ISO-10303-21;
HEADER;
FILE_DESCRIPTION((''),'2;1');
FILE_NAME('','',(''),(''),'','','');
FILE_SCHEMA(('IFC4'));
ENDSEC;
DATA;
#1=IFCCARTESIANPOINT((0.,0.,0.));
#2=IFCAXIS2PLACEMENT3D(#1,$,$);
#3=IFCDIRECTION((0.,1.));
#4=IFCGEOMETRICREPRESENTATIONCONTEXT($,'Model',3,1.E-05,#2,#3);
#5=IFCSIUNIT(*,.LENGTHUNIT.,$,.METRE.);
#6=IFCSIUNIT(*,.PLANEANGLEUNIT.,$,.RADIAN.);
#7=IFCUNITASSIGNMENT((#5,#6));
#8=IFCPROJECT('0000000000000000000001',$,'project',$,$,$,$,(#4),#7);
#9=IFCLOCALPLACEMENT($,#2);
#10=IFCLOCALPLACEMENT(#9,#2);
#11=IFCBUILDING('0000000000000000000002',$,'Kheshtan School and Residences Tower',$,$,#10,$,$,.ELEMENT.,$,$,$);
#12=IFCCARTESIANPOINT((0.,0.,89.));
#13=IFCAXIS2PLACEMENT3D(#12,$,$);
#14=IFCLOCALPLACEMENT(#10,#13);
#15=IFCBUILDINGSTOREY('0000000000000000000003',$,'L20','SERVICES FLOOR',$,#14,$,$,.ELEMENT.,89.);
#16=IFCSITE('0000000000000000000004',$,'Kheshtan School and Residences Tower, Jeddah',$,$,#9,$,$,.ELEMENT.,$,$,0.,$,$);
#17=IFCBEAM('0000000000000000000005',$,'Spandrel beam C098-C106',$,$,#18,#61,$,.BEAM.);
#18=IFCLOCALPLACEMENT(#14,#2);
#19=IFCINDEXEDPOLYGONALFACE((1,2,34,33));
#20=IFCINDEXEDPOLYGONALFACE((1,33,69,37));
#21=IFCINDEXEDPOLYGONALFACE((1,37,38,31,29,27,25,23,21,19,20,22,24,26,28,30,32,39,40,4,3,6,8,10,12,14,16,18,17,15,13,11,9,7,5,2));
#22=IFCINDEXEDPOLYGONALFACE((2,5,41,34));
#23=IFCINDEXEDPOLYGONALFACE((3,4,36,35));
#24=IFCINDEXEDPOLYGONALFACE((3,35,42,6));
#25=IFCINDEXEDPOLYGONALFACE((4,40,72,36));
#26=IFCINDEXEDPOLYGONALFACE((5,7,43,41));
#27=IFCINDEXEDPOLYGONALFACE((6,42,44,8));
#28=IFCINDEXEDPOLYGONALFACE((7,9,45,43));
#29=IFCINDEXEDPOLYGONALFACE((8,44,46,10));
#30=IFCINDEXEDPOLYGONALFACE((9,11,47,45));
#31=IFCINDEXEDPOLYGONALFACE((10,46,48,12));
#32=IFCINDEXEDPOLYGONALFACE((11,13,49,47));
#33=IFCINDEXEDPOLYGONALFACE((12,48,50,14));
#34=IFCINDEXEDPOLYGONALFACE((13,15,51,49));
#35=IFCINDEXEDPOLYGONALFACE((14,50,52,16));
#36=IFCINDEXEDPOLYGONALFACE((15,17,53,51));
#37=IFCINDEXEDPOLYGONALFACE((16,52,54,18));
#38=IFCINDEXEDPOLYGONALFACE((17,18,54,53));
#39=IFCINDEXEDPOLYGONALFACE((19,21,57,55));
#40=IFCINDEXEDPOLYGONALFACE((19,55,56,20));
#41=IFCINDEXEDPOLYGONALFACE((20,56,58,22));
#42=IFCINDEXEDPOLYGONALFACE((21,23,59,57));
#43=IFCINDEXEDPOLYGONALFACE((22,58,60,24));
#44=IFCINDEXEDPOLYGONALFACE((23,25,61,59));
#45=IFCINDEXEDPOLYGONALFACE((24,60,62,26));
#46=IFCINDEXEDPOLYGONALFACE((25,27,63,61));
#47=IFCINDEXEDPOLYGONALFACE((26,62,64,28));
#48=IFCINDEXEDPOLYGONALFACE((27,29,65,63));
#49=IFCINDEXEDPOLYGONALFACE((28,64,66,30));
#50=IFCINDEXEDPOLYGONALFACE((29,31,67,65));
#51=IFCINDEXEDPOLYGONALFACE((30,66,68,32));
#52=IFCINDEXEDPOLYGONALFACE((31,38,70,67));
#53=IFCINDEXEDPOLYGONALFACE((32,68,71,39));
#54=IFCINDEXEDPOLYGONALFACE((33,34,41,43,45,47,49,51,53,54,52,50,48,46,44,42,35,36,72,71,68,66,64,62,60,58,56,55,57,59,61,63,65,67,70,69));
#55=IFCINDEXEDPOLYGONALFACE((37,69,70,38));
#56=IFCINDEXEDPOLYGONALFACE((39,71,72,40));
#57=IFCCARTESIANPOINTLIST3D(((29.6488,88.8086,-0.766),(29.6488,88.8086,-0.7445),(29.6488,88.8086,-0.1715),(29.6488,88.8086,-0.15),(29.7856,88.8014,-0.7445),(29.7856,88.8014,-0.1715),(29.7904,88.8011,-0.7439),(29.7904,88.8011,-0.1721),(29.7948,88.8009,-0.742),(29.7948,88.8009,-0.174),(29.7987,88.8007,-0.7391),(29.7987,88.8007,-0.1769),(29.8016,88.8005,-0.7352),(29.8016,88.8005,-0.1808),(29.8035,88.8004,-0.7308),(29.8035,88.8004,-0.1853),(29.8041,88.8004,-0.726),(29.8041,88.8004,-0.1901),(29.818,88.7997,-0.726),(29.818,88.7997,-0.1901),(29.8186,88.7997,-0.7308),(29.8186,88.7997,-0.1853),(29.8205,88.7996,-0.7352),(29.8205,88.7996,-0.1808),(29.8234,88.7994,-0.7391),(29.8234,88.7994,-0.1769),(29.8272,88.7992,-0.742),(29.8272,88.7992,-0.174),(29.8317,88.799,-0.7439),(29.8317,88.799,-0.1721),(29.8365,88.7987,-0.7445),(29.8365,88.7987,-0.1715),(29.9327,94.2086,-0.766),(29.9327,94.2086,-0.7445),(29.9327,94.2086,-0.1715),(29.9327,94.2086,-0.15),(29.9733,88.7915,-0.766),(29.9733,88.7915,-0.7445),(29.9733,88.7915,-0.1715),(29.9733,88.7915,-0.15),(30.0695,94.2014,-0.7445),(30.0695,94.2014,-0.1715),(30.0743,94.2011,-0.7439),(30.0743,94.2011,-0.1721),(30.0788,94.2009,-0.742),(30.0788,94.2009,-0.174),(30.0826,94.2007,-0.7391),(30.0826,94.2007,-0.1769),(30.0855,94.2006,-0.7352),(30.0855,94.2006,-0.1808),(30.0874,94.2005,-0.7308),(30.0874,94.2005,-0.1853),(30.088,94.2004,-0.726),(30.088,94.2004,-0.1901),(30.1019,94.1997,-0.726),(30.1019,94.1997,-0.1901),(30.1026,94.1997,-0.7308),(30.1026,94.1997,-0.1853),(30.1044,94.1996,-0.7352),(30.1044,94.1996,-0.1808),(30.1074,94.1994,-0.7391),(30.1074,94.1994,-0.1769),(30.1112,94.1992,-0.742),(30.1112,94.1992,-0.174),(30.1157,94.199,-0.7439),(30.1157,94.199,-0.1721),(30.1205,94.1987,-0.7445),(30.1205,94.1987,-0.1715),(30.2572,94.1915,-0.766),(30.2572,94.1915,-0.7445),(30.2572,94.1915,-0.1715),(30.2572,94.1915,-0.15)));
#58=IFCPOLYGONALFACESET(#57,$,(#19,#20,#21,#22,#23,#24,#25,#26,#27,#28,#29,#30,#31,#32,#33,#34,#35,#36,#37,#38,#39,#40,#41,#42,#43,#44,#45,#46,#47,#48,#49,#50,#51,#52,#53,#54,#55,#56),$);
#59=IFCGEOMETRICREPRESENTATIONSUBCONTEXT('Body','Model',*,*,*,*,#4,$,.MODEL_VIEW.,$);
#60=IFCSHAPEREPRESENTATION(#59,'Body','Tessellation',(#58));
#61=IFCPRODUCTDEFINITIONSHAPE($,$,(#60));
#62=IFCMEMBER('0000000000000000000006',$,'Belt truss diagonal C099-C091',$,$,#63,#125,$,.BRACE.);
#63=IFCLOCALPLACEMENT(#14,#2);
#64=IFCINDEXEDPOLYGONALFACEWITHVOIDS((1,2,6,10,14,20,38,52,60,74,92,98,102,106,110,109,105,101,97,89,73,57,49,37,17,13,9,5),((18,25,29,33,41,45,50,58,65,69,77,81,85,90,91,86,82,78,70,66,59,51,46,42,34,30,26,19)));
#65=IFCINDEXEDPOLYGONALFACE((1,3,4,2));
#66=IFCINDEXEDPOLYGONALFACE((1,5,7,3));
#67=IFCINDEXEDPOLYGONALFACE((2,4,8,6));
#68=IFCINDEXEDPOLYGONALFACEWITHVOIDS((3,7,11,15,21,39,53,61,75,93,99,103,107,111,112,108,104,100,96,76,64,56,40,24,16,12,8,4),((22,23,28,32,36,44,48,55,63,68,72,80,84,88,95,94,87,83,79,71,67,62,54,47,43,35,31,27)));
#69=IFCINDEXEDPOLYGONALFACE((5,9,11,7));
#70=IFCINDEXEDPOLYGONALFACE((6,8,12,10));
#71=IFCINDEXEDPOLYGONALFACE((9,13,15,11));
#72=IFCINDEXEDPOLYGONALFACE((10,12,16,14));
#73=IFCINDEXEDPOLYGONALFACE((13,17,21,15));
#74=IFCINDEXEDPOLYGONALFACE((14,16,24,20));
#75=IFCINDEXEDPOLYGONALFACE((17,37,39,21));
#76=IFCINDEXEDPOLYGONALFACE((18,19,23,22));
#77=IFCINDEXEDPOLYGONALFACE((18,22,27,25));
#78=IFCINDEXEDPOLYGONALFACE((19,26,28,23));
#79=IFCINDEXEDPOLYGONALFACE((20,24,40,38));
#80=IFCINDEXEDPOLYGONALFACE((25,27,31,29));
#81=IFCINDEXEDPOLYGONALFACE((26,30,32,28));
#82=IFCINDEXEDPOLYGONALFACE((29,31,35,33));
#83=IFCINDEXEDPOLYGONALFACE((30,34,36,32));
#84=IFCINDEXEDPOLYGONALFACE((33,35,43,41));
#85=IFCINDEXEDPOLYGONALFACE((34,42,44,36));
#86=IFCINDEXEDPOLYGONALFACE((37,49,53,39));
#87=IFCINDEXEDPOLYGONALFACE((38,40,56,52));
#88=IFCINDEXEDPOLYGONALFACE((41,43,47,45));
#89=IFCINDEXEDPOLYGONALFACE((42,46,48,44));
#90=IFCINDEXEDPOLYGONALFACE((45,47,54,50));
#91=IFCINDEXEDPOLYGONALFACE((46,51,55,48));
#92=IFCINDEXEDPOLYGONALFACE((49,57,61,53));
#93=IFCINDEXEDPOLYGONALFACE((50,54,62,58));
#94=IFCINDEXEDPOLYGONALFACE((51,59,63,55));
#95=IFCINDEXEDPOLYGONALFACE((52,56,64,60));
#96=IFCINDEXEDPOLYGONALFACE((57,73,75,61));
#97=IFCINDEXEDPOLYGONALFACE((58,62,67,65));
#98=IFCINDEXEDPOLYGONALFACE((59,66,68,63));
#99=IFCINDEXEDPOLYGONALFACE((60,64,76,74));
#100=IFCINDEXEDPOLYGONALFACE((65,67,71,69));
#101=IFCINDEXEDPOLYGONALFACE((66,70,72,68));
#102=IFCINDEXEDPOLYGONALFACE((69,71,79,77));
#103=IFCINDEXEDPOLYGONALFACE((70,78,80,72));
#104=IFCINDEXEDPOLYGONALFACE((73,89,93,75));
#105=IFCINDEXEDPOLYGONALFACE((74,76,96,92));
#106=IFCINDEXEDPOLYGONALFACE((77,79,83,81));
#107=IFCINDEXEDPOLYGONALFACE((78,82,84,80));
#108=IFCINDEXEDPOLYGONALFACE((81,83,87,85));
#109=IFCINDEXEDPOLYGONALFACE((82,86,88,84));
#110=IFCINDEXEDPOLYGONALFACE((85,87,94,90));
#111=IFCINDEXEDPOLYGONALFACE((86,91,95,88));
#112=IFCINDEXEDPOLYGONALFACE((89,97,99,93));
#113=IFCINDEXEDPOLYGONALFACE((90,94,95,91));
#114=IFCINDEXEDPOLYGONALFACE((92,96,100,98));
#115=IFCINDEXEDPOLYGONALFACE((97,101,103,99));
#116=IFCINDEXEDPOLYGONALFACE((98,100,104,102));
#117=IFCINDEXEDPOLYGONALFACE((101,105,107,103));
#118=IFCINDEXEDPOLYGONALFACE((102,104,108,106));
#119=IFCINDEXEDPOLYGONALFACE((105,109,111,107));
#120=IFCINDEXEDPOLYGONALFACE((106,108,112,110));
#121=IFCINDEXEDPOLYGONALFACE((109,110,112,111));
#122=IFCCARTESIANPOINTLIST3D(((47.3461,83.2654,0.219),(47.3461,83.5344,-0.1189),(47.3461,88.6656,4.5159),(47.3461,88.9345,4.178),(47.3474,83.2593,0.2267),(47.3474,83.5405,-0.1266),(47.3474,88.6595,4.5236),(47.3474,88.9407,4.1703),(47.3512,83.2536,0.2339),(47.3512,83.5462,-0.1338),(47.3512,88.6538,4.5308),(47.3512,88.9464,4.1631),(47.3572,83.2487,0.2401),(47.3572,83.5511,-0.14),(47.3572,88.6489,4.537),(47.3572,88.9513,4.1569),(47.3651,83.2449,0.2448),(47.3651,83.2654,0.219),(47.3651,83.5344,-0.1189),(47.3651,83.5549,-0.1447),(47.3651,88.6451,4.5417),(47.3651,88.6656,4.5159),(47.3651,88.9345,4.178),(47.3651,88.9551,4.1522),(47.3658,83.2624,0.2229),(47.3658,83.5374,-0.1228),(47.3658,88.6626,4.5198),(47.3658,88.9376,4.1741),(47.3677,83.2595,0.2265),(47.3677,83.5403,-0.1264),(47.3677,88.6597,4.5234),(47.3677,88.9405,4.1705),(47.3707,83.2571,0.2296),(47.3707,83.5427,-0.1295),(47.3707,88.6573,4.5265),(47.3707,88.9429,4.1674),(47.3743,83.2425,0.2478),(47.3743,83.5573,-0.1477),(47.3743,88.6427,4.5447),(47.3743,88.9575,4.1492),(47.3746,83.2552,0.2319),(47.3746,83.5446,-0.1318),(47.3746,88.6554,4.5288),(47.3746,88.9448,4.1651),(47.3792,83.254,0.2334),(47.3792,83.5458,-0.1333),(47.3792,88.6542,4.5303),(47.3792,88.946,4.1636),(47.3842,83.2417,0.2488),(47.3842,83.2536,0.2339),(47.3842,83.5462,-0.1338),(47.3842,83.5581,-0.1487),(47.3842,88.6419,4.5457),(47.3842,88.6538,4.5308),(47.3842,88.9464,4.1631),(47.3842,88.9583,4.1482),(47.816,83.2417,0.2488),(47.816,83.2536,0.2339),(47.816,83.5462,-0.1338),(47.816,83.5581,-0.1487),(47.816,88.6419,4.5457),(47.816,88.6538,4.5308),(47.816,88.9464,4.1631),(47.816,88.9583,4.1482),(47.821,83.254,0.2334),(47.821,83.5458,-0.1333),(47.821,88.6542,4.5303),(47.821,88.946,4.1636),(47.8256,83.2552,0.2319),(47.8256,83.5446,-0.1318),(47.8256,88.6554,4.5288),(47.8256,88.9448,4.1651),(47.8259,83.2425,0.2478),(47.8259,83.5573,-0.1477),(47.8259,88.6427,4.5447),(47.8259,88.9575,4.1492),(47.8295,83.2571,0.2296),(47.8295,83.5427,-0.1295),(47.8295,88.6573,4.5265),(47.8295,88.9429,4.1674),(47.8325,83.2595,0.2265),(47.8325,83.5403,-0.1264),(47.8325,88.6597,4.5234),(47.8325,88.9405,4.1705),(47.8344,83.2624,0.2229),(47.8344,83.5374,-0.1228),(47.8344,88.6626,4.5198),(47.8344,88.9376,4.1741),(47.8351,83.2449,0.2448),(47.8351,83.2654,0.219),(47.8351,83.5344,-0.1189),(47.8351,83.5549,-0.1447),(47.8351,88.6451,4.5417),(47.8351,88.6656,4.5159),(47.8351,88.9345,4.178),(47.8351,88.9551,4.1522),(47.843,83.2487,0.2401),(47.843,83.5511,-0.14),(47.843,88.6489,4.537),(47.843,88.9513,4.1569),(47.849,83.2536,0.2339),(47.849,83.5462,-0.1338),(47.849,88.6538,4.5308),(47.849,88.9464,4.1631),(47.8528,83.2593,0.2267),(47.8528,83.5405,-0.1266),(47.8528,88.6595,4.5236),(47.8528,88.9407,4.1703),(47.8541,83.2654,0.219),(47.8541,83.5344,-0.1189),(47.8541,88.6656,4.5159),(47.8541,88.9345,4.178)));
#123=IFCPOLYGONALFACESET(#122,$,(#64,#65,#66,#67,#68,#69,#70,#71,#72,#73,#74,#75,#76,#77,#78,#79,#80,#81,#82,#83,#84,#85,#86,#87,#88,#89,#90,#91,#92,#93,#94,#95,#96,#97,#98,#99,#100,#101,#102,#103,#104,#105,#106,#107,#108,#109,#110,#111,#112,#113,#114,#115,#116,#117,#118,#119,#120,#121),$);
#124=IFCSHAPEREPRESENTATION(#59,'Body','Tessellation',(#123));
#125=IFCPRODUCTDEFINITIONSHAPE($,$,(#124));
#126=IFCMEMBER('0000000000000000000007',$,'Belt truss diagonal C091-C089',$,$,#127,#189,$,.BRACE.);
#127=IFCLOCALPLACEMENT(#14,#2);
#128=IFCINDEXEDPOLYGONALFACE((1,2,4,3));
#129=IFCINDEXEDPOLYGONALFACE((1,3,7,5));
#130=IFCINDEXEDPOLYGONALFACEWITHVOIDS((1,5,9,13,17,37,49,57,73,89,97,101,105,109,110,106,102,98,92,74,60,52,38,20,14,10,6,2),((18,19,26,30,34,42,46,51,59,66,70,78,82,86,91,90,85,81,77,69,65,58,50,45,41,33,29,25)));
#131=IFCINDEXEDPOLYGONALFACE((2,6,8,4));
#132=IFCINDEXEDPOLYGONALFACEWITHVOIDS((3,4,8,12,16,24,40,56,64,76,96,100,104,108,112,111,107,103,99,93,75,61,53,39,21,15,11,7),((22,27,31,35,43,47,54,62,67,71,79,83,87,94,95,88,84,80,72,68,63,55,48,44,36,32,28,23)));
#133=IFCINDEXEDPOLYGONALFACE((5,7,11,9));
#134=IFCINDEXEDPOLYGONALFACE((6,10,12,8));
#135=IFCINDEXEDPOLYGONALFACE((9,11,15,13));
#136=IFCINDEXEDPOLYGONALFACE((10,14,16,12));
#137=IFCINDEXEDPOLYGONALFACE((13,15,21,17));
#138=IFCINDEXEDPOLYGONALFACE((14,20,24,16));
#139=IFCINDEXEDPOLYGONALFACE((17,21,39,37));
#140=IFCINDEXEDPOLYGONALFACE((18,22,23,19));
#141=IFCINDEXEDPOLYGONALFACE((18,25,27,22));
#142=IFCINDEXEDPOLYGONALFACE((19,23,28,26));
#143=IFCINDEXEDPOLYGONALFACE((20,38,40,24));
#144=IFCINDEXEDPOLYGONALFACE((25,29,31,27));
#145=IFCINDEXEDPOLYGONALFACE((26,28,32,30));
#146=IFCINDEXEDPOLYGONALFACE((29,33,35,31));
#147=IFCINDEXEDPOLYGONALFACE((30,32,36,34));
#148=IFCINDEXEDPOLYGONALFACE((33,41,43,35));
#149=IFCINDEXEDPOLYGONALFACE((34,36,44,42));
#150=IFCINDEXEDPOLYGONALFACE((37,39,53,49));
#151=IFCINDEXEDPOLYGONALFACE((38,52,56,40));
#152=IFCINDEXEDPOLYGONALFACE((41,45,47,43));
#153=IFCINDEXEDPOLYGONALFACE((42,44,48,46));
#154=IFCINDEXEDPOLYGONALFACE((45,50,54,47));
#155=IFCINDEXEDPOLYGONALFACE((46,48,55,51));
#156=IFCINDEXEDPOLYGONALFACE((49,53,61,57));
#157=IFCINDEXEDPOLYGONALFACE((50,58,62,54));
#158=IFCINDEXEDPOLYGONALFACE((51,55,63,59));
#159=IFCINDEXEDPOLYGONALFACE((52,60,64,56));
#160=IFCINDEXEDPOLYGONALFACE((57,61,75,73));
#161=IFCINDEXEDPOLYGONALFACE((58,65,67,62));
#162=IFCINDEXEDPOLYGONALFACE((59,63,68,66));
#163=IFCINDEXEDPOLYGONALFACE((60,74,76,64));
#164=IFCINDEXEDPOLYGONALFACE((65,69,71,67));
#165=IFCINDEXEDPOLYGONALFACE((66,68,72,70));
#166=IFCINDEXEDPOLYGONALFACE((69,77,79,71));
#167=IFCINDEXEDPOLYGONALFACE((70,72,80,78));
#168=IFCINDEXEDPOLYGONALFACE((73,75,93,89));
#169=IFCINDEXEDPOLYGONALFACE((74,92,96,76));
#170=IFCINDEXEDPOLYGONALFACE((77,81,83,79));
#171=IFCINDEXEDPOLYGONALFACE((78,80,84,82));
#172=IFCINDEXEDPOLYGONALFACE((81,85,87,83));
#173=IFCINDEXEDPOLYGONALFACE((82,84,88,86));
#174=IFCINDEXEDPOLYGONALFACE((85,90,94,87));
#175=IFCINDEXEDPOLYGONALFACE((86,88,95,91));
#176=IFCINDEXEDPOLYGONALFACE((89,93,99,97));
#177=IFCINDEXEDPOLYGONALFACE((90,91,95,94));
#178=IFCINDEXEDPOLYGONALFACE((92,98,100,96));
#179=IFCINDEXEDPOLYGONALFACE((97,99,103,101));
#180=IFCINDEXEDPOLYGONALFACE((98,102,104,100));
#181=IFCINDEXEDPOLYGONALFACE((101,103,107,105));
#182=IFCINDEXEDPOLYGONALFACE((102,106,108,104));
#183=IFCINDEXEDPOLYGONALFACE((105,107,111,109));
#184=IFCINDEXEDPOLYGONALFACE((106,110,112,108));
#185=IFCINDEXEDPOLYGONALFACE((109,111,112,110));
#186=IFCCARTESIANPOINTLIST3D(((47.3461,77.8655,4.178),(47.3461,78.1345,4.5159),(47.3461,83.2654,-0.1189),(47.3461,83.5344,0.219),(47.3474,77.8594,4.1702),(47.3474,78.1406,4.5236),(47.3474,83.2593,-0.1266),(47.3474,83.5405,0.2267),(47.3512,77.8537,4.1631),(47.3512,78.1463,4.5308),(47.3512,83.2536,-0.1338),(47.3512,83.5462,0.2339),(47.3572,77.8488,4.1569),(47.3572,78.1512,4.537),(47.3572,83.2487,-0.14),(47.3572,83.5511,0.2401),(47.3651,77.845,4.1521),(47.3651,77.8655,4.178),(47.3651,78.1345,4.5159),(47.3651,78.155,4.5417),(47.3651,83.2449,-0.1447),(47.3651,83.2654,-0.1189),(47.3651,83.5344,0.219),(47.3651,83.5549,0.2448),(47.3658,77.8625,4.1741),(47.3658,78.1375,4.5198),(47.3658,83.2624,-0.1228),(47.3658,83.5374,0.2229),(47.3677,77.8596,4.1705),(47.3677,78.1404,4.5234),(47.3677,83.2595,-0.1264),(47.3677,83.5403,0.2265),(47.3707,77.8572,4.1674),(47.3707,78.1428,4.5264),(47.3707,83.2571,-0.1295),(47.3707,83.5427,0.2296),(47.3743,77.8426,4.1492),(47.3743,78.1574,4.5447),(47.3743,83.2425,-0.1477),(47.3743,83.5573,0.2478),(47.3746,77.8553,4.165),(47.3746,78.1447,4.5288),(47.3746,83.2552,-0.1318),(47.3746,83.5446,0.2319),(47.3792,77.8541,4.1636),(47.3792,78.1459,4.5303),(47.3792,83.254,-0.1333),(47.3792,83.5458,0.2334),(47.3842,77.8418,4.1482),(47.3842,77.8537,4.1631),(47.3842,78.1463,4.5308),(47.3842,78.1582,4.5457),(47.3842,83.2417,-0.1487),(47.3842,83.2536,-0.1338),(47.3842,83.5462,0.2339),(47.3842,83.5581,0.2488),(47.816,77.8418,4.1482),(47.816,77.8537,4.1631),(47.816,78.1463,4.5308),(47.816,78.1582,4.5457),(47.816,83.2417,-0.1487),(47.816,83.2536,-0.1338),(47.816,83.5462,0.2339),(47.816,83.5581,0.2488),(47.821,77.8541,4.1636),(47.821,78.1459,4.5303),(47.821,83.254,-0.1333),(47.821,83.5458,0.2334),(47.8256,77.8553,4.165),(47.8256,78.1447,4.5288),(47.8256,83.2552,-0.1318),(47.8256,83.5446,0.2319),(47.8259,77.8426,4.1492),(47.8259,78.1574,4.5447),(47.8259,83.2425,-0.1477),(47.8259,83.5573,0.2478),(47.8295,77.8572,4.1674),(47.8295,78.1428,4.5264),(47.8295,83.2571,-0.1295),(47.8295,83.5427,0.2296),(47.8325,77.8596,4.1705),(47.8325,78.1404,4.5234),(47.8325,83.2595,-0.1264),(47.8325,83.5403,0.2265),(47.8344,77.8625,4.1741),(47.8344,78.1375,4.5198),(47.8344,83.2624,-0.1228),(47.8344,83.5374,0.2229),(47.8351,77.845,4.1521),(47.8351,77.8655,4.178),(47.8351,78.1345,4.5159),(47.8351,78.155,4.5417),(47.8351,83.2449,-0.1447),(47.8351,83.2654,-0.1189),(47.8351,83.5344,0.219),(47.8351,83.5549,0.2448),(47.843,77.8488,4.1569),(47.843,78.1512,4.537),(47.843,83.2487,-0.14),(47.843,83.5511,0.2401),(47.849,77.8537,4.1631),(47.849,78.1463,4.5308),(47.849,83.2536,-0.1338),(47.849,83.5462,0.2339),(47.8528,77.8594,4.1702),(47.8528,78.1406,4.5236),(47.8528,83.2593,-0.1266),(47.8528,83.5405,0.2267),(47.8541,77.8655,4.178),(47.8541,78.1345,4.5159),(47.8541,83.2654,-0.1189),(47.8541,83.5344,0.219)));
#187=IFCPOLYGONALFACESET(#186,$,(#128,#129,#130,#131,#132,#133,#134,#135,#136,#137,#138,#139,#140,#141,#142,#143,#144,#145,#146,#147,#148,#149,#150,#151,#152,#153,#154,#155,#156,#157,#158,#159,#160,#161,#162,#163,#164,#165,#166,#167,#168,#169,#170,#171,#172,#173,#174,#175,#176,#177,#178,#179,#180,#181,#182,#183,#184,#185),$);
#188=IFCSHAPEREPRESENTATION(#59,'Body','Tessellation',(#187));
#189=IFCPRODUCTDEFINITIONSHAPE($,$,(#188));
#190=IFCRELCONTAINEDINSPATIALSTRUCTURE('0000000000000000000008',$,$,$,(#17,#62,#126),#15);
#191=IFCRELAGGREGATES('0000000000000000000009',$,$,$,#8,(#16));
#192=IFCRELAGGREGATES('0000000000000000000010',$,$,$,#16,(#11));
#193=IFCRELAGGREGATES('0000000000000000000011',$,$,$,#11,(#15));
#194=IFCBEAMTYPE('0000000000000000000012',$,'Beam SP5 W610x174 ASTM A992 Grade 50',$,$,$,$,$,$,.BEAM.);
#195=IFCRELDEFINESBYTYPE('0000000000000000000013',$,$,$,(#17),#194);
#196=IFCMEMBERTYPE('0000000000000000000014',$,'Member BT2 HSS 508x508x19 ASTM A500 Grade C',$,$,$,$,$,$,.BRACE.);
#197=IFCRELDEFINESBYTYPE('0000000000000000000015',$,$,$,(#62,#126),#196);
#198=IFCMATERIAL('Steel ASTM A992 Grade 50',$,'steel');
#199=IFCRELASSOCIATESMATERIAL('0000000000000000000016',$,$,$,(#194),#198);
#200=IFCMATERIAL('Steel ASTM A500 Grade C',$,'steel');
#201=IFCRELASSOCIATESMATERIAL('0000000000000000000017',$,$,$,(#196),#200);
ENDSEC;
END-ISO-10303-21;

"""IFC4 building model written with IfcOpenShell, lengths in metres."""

from ifc_helpers import new_model, si_unit, direction, frame, origin, origin_2d, place, context, subcontext, project, spatial, hollow_rectangle, i_section, extrude, material, material_profile, profile_set, type_object, element, save


model = new_model("IFC4")

# Units and contexts
model_context = context("Model", 3, precision=1e-05, world=origin(), true_north=direction((0.0, 1.0)))
body_context = subcontext(model_context, "Body", "Model", "MODEL_VIEW")
ifc_project = project(units=[si_unit("LENGTHUNIT", "METRE"), si_unit("PLANEANGLEUNIT", "RADIAN")], contexts=[model_context])

# Site, building, storey
site_placement = place(None, origin())
site = spatial("IfcSite", under=ifc_project, at=site_placement, Name="Kheshtan School and Residences Tower, Jeddah", CompositionType="ELEMENT", RefElevation=0.0)
building_placement = place(site_placement, origin())
building = spatial("IfcBuilding", under=site, at=building_placement, Name="Kheshtan School and Residences Tower", CompositionType="ELEMENT")
storey_placement = place(building_placement, frame((0.0, 0.0, 89.0)))
storey = spatial("IfcBuildingStorey", under=building, at=storey_placement, Name="L20", Description="SERVICES FLOOR", CompositionType="ELEMENT", Elevation=89.0)

# Shared definitions
ifc_material_1 = material(Name="Steel ASTM A992 Grade 50", Category="steel")

# Beam
ifc_material_profile_1 = material_profile(ifc_material_1, i_section(OverallWidth=0.325, OverallDepth=0.616, WebThickness=0.0139, FlangeThickness=0.0215, FilletRadius=0.0186, at=origin_2d()), Name="W610x174")
ifc_profile_set_1 = profile_set([ifc_material_profile_1], Name="Steel ASTM A992 Grade 50")
beam_type_1 = type_object("IfcBeamType", Name="Beam SP5 W610x174 ASTM A992 Grade 50", PredefinedType="BEAM", material=ifc_profile_set_1)
beam_1_placement = place(storey_placement, frame((29.811, 88.8, -0.458), z_axis=(0.052509, 0.99862, 0.0), x_axis=(-0.99862, 0.052509, 0.0)))
element("IfcBeam", 1, at=beam_1_placement, inside=storey, type_object=beam_type_1, Name="Spandrel beam C098-C106", PredefinedType="BEAM", context=body_context, shape_type="SweptSolid", body=[
    extrude(i_section(OverallWidth=0.325, OverallDepth=0.616, WebThickness=0.0139, FlangeThickness=0.0215, FilletRadius=0.0186, at=origin_2d()), origin(), (0.0, 0.0, 1.0), 5.4075),
])

# Members
ifc_material_2 = material(Name="Steel ASTM A500 Grade C", Category="steel")
ifc_material_profile_2 = material_profile(ifc_material_2, hollow_rectangle(XDim=0.5081, YDim=0.5081, WallThickness=0.019, InnerFilletRadius=0.019, OuterFilletRadius=0.0381, at=origin_2d()), Name="HSS 508x508x19")
ifc_profile_set_2 = profile_set([ifc_material_profile_2], Name="Steel ASTM A500 Grade C")
member_type = type_object("IfcMemberType", Name="Member BT2 HSS 508x508x19 ASTM A500 Grade C", PredefinedType="BRACE", material=ifc_profile_set_2)
member_1_placement = place(storey_placement, frame((47.6001, 83.3999, 0.05), z_axis=(0.0, 0.782509, 0.622639), x_axis=(-1.0, 0.0, 0.0)))
element("IfcMember", 2, at=member_1_placement, inside=storey, type_object=member_type, Name="Belt truss diagonal C099-C091", PredefinedType="BRACE", context=body_context, shape_type="SweptSolid", body=[
    extrude(hollow_rectangle(XDim=0.5081, YDim=0.5081, WallThickness=0.019, InnerFilletRadius=0.019, OuterFilletRadius=0.0381, at=origin_2d()), origin(), (0.0, 0.0, 1.0), 6.9011),
])
member_2_placement = place(storey_placement, frame((47.6001, 83.3999, 0.05), z_axis=(0.0, -0.782495, 0.622657), x_axis=(1.0, 0.0, 0.0)))
element("IfcMember", 3, at=member_2_placement, inside=storey, type_object=member_type, Name="Belt truss diagonal C091-C089", PredefinedType="BRACE", context=body_context, shape_type="SweptSolid", body=[
    extrude(hollow_rectangle(XDim=0.5081, YDim=0.5081, WallThickness=0.019, InnerFilletRadius=0.019, OuterFilletRadius=0.0381, at=origin_2d()), origin(), (0.0, 0.0, 1.0), 6.9009),
])

save(model, "model.ifc")
